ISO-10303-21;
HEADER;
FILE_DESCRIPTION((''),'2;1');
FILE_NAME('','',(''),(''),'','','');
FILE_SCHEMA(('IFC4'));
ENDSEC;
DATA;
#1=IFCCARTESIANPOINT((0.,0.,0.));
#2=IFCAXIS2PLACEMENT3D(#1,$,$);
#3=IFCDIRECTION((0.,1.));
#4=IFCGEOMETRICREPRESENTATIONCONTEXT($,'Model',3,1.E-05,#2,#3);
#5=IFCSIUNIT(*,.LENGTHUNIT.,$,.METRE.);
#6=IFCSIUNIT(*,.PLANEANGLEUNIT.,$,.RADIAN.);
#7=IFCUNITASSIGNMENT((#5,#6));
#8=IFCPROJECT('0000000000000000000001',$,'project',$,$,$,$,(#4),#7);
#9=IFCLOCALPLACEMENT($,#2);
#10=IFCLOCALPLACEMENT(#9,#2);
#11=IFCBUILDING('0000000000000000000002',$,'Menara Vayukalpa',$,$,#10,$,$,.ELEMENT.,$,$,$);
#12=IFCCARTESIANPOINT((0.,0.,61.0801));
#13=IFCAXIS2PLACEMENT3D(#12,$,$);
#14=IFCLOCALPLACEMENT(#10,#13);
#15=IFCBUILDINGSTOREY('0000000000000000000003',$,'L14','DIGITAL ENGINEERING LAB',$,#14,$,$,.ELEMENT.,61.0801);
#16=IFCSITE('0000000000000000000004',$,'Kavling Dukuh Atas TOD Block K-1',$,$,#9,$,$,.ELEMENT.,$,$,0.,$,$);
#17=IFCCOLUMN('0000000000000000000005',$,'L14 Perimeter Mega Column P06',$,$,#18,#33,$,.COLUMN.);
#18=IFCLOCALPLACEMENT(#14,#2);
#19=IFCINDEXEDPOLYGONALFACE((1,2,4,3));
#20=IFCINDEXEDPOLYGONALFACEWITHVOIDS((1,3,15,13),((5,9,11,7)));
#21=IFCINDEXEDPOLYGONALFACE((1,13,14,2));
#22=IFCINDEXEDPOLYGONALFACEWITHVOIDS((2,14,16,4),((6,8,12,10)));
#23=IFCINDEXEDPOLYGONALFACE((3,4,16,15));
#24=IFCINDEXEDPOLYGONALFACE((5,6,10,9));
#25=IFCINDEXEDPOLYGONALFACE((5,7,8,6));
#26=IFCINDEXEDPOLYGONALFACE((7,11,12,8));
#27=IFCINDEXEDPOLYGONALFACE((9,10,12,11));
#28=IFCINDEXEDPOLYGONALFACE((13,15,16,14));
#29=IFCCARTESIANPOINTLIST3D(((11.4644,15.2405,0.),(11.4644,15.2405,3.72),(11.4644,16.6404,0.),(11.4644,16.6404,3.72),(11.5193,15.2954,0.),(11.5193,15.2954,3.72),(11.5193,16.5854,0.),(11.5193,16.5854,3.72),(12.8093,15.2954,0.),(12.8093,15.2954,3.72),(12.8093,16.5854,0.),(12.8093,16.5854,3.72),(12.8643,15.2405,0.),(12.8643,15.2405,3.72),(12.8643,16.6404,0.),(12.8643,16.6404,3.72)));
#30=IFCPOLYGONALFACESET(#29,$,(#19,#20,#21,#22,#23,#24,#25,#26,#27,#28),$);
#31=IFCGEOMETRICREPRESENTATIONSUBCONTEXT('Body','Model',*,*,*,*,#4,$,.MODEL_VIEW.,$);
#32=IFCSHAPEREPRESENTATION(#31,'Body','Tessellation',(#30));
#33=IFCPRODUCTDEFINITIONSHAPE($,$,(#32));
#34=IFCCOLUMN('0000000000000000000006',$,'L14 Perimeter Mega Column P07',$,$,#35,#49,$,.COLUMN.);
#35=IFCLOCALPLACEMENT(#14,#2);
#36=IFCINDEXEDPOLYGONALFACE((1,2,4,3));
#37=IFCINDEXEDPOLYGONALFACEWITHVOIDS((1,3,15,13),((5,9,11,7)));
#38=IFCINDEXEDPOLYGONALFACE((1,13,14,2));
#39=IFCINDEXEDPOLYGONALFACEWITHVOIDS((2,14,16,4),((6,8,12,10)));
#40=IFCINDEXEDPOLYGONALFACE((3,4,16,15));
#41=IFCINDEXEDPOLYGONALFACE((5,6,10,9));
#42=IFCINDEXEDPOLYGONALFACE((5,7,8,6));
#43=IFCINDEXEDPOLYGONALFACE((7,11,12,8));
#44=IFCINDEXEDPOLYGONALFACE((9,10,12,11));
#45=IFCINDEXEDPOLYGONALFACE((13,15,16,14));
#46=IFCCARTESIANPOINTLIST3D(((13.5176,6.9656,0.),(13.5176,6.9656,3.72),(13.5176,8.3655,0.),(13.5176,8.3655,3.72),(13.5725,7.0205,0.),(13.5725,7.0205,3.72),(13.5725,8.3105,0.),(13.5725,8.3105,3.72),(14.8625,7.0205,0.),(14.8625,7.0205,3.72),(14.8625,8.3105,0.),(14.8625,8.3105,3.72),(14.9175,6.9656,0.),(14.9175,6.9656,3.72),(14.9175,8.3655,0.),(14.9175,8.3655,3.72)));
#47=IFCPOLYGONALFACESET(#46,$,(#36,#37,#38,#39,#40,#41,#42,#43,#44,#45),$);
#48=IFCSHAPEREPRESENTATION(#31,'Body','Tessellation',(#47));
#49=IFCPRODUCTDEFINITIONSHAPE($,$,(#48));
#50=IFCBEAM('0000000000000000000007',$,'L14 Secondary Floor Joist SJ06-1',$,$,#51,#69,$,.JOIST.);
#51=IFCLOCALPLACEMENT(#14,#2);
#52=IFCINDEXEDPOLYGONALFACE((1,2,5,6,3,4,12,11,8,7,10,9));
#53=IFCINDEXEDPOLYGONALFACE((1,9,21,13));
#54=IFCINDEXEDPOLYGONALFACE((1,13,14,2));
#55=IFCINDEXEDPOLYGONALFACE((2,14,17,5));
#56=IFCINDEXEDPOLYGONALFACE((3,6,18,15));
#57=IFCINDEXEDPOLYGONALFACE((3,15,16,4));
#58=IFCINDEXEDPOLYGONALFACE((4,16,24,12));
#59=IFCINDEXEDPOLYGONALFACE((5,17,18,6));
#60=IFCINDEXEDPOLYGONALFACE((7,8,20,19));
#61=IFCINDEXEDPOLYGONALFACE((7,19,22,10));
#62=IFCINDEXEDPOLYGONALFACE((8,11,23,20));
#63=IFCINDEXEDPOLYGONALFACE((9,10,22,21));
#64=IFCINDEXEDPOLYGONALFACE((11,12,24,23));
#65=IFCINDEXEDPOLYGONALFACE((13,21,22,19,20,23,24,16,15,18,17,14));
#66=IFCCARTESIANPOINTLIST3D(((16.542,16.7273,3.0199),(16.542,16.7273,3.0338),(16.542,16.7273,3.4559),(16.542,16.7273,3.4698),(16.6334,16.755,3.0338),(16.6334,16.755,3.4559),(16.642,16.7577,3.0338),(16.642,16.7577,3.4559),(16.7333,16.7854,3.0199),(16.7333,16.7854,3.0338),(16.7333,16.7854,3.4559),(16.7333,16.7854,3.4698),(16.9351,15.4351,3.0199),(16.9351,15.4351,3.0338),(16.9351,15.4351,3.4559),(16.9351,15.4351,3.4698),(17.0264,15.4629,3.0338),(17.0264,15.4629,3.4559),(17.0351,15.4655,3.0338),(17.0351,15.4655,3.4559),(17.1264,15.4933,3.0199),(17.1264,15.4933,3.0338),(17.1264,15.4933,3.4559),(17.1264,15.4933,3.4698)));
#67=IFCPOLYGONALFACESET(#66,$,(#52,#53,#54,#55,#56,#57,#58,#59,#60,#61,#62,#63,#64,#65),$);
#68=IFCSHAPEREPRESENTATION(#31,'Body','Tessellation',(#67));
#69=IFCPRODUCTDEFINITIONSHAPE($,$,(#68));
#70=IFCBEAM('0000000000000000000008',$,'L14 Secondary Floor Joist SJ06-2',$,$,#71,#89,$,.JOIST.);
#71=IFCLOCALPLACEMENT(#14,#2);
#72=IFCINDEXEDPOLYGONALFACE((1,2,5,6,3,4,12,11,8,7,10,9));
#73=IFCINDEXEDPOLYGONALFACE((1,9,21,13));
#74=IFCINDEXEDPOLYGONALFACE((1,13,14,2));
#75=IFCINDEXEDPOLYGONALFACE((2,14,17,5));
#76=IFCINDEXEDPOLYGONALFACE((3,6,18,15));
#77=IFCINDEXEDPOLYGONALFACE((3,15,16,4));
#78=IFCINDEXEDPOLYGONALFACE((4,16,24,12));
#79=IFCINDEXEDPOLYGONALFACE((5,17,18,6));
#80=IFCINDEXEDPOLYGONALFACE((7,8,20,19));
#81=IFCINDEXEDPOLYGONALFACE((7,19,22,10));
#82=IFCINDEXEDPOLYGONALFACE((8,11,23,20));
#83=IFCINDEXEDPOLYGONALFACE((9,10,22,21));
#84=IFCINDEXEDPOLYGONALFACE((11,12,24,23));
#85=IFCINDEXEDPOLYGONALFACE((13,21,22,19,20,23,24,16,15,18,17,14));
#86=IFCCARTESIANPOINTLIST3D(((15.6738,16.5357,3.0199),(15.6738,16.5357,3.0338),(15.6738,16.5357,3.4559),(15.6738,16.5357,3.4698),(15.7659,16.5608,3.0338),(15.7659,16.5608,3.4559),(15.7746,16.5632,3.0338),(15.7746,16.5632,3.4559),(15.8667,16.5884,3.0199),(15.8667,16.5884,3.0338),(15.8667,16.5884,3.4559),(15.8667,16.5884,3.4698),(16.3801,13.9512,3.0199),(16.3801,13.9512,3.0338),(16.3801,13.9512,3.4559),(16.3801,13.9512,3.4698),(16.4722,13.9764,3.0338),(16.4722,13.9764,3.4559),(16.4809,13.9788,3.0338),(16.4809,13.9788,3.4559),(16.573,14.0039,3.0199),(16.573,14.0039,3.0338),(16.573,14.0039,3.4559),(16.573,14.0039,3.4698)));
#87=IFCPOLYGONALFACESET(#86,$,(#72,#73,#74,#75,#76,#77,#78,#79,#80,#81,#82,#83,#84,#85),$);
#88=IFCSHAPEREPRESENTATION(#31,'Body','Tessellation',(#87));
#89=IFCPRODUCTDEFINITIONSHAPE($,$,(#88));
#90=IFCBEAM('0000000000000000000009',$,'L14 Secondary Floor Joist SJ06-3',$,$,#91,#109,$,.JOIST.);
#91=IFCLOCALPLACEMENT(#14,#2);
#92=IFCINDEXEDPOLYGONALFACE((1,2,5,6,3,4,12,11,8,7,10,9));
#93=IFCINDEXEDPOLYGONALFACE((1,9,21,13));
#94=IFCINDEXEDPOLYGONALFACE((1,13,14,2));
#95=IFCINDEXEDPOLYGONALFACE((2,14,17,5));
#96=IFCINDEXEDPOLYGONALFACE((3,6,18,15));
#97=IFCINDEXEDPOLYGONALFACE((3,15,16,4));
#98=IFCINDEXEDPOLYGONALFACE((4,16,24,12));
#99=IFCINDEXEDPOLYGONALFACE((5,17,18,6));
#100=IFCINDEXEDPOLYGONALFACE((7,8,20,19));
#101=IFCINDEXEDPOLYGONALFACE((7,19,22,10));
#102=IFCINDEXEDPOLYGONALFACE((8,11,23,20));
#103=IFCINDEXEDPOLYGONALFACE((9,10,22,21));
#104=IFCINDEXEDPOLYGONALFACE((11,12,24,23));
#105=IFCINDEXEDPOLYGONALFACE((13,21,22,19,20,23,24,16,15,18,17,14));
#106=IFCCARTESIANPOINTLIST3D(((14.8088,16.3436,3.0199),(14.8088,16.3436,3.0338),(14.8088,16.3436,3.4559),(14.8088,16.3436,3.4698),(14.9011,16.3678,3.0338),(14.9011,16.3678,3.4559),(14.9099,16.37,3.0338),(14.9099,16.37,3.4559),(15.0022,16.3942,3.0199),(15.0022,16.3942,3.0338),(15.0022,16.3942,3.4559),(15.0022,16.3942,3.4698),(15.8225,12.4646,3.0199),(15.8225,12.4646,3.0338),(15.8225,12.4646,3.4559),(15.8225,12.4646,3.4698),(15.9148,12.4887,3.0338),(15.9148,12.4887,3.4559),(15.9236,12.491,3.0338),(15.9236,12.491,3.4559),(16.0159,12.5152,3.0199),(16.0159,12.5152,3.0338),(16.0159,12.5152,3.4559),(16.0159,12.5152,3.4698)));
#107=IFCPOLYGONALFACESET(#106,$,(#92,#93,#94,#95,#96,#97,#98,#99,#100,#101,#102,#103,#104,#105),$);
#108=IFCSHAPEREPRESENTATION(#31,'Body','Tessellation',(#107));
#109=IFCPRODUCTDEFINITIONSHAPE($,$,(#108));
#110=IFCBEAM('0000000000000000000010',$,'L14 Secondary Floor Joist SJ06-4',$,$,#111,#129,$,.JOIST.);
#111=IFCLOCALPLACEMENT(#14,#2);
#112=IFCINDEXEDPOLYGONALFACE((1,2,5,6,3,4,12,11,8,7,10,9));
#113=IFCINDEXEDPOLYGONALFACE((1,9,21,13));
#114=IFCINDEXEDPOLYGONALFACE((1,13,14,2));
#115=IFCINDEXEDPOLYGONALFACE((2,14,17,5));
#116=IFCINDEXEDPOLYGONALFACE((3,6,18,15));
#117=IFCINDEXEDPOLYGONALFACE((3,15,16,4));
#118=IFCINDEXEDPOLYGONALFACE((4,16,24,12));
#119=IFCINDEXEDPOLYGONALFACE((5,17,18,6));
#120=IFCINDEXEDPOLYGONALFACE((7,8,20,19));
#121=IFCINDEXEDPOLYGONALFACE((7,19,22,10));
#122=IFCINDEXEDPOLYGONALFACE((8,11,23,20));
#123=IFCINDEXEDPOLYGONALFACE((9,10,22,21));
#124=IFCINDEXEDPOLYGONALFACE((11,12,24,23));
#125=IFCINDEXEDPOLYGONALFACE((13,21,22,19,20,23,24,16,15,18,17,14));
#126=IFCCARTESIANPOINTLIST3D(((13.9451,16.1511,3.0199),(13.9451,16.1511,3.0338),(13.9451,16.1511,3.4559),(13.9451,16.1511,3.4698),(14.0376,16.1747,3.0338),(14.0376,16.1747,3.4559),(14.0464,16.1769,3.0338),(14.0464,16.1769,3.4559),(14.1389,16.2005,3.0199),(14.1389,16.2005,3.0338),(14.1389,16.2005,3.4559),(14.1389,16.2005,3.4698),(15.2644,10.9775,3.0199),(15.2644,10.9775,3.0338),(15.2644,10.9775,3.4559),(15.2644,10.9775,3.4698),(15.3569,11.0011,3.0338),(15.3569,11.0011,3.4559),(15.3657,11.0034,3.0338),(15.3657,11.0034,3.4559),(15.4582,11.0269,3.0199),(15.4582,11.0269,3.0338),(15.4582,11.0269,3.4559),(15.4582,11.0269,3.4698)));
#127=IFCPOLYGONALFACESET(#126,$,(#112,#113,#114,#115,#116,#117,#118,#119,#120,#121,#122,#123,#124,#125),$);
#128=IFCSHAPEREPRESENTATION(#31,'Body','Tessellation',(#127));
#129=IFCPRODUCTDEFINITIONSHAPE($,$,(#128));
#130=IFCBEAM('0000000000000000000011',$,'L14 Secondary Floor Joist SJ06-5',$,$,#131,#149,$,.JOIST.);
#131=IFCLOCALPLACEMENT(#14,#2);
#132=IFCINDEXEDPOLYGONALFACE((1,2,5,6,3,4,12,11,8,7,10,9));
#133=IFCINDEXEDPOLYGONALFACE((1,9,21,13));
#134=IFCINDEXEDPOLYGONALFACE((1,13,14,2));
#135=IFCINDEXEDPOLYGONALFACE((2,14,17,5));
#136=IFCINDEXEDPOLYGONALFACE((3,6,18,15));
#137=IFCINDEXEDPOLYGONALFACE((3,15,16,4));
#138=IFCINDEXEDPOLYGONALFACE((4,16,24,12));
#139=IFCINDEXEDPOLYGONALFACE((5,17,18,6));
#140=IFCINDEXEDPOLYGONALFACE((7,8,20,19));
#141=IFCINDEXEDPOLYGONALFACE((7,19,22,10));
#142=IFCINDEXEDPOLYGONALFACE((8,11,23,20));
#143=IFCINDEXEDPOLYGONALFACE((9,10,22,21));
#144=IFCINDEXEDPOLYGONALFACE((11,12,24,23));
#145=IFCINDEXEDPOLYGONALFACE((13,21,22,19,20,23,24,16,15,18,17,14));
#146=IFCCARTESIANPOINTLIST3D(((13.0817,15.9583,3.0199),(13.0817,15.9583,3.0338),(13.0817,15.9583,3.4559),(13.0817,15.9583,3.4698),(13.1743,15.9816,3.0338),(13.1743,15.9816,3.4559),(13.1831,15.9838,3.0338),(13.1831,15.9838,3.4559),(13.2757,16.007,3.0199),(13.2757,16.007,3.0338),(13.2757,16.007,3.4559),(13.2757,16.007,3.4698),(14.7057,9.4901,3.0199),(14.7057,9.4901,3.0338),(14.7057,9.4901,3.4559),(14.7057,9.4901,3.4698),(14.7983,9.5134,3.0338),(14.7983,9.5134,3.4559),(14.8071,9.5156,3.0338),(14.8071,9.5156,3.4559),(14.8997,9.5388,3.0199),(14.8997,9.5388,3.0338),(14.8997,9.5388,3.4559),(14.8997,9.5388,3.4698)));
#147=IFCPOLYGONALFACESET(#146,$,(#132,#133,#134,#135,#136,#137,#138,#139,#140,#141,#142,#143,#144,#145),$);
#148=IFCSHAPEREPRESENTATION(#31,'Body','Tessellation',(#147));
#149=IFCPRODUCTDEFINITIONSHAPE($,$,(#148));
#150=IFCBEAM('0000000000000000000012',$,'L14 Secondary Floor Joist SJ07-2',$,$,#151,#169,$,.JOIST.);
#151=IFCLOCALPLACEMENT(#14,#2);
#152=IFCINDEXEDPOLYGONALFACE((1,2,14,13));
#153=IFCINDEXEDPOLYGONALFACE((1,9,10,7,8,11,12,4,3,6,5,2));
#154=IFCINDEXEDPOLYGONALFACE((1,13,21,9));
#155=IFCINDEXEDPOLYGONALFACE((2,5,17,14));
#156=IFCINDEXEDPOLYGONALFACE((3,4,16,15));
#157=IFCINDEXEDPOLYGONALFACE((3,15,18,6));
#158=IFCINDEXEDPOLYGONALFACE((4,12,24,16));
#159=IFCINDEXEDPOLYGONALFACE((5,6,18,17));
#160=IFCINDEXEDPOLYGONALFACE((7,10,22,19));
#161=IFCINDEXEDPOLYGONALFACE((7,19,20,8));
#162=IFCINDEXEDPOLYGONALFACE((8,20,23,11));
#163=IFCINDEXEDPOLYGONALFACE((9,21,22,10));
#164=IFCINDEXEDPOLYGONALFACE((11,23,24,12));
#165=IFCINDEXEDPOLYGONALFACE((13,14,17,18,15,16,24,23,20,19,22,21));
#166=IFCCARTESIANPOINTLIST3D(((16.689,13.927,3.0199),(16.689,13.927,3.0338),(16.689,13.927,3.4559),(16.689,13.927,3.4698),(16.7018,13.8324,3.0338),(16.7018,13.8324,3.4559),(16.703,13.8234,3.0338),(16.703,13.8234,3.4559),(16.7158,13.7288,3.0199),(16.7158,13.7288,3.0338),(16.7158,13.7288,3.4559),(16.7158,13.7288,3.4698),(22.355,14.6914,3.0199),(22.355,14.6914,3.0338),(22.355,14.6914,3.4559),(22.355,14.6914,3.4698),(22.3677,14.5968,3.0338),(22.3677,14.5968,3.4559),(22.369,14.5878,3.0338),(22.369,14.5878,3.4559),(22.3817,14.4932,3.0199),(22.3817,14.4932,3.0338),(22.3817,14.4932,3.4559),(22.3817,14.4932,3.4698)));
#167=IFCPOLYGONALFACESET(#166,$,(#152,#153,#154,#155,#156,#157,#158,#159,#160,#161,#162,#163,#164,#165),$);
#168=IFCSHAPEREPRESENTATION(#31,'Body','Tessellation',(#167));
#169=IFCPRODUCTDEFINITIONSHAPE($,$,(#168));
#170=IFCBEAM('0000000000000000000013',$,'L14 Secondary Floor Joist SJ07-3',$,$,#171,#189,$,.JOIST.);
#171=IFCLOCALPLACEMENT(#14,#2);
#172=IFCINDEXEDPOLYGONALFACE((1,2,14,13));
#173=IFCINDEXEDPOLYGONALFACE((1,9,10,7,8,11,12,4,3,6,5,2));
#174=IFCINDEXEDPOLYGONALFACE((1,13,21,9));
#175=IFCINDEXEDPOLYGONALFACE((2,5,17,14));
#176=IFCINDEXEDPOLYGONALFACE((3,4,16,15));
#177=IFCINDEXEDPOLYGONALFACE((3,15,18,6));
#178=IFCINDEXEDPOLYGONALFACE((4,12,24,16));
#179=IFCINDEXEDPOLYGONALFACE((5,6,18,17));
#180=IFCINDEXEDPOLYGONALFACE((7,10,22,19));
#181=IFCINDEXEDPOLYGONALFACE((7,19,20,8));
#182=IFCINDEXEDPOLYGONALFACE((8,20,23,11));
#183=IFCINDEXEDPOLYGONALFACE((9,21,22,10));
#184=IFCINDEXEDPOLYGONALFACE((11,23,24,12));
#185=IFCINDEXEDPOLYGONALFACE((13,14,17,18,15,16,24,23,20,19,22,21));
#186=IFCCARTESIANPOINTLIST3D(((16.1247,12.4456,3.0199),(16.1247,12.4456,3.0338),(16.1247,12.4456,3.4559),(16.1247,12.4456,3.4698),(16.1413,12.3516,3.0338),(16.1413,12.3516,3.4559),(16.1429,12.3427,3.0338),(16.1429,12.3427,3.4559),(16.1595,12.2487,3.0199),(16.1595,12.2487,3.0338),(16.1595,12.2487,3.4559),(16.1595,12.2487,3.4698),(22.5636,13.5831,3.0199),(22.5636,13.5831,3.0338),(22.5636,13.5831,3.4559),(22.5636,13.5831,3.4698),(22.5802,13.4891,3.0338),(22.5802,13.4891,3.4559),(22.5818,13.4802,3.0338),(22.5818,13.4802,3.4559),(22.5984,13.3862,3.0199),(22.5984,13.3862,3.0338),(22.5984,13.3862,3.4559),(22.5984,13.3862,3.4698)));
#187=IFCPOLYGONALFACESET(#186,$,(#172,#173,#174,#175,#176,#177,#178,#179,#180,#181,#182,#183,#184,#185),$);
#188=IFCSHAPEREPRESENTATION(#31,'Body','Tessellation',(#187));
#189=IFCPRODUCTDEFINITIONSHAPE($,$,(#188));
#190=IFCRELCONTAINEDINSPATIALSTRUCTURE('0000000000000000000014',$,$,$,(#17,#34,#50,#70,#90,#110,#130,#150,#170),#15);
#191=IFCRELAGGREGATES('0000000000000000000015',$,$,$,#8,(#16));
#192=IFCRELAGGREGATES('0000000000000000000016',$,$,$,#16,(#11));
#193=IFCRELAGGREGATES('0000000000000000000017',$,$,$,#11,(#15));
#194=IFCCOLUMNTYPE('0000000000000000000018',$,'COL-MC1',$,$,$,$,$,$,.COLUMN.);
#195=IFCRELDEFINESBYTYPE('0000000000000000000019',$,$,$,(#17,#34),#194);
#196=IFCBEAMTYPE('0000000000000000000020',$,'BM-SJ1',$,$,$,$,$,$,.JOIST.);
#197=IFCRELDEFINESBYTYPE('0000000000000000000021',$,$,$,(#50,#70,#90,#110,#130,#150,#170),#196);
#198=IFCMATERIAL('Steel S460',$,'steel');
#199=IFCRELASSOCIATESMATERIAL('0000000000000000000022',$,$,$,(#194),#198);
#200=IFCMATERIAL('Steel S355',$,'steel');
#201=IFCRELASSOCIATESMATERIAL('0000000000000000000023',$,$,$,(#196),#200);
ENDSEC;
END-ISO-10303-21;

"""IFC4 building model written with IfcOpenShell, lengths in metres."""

from ifc_helpers import new_model, si_unit, direction, frame, origin, origin_2d, place, context, subcontext, project, spatial, hollow_rectangle, i_section, extrude, material, material_profile, profile_set, type_object, element, save


model = new_model("IFC4")

# Units and contexts
model_context = context("Model", 3, precision=1e-05, world=origin(), true_north=direction((0.0, 1.0)))
body_context = subcontext(model_context, "Body", "Model", "MODEL_VIEW")
ifc_project = project(units=[si_unit("LENGTHUNIT", "METRE"), si_unit("PLANEANGLEUNIT", "RADIAN")], contexts=[model_context])

# Site, building, storey
site_placement = place(None, origin())
site = spatial("IfcSite", under=ifc_project, at=site_placement, Name="Kavling Dukuh Atas TOD Block K-1", CompositionType="ELEMENT", RefElevation=0.0)
building_placement = place(site_placement, origin())
building = spatial("IfcBuilding", under=site, at=building_placement, Name="Menara Vayukalpa", CompositionType="ELEMENT")
storey_placement = place(building_placement, frame((0.0, 0.0, 61.0801)))
storey = spatial("IfcBuildingStorey", under=building, at=storey_placement, Name="L14", Description="DIGITAL ENGINEERING LAB", CompositionType="ELEMENT", Elevation=61.0801)

# Columns
ifc_material_1 = material(Name="Steel S460", Category="steel")
ifc_material_profile_1 = material_profile(ifc_material_1, hollow_rectangle(XDim=1.3999, YDim=1.3999, WallThickness=0.0549, at=origin_2d()), Name="BOX 1400x1400x55")
ifc_profile_set_1 = profile_set([ifc_material_profile_1], Name="Steel S460")
column_type = type_object("IfcColumnType", Name="COL-MC1", PredefinedType="COLUMN", material=ifc_profile_set_1)
for number, where, z_axis, x_axis, name in (
    (1, (12.1643, 15.9404, 0.0), (0.0, 0.0, 1.0), (1.0, 0.0, 0.0), "L14 Perimeter Mega Column P06"),
    (2, (14.2175, 7.6655, 0.0), (0.0, 0.0, 1.0), (1.0, 0.0, 0.0), "L14 Perimeter Mega Column P07"),
):
    element("IfcColumn", number, at=place(storey_placement, frame(where, z_axis=z_axis, x_axis=x_axis)), inside=storey, type_object=column_type, Name=name, PredefinedType="COLUMN", context=body_context, shape_type="SweptSolid", body=[
        extrude(hollow_rectangle(XDim=1.3999, YDim=1.3999, WallThickness=0.0549, at=origin_2d()), origin(), (0.0, 0.0, 1.0), 3.72),
    ])

# Beams
ifc_material_2 = material(Name="Steel S355", Category="steel")
ifc_material_profile_2 = material_profile(ifc_material_2, i_section(OverallWidth=0.2, OverallDepth=0.45, WebThickness=0.009, FlangeThickness=0.0139, at=origin_2d()), Name="WF 450x200x9x14")
ifc_profile_set_2 = profile_set([ifc_material_profile_2], Name="Steel S355")
beam_type_1 = type_object("IfcBeamType", Name="BM-SJ1", PredefinedType="JOIST", material=ifc_profile_set_2)
beam_1_placement = place(storey_placement, frame((16.6377, 16.7563, 3.2449), z_axis=(0.291011, -0.95672, 0.0), x_axis=(0.95672, 0.291011, 0.0)))
element("IfcBeam", 3, at=beam_1_placement, inside=storey, type_object=beam_type_1, Name="L14 Secondary Floor Joist SJ06-1", PredefinedType="JOIST", context=body_context, shape_type="SweptSolid", body=[
    extrude(i_section(OverallWidth=0.2, OverallDepth=0.45, WebThickness=0.009, FlangeThickness=0.0139, at=origin_2d()), origin(), (0.0, 0.0, 1.0), 1.3506),
])
beam_2_placement = place(storey_placement, frame((15.7703, 16.562, 3.2449), z_axis=(0.263619, -0.964627, 0.0), x_axis=(0.964627, 0.263619, 0.0)))
element("IfcBeam", 4, at=beam_2_placement, inside=storey, type_object=beam_type_1, Name="L14 Secondary Floor Joist SJ06-2", PredefinedType="JOIST", context=body_context, shape_type="SweptSolid", body=[
    extrude(i_section(OverallWidth=0.2, OverallDepth=0.45, WebThickness=0.009, FlangeThickness=0.0139, at=origin_2d()), origin(), (0.0, 0.0, 1.0), 2.6792),
])
beam_3_placement = place(storey_placement, frame((14.9055, 16.3689, 3.2449), z_axis=(0.252838, -0.967509, 0.0), x_axis=(0.967509, 0.252838, 0.0)))
element("IfcBeam", 5, at=beam_3_placement, inside=storey, type_object=beam_type_1, Name="L14 Secondary Floor Joist SJ06-3", PredefinedType="JOIST", context=body_context, shape_type="SweptSolid", body=[
    extrude(i_section(OverallWidth=0.2, OverallDepth=0.45, WebThickness=0.009, FlangeThickness=0.0139, at=origin_2d()), origin(), (0.0, 0.0, 1.0), 4.0093),
])
beam_4_placement = place(storey_placement, frame((14.042, 16.1758, 3.2449), z_axis=(0.247106, -0.968989, 0.0), x_axis=(0.968989, 0.247106, 0.0)))
element("IfcBeam", 6, at=beam_4_placement, inside=storey, type_object=beam_type_1, Name="L14 Secondary Floor Joist SJ06-4", PredefinedType="JOIST", context=body_context, shape_type="SweptSolid", body=[
    extrude(i_section(OverallWidth=0.2, OverallDepth=0.45, WebThickness=0.009, FlangeThickness=0.0139, at=origin_2d()), origin(), (0.0, 0.0, 1.0), 5.3391),
])
beam_5_placement = place(storey_placement, frame((13.1787, 15.9827, 3.2449), z_axis=(0.243517, -0.969897, 0.0), x_axis=(0.969897, 0.243517, 0.0)))
element("IfcBeam", 7, at=beam_5_placement, inside=storey, type_object=beam_type_1, Name="L14 Secondary Floor Joist SJ06-5", PredefinedType="JOIST", context=body_context, shape_type="SweptSolid", body=[
    extrude(i_section(OverallWidth=0.2, OverallDepth=0.45, WebThickness=0.009, FlangeThickness=0.0139, at=origin_2d()), origin(), (0.0, 0.0, 1.0), 6.6689),
])
beam_6_placement = place(storey_placement, frame((16.7024, 13.8279, 3.2449), z_axis=(0.991022, 0.133699, 0.0), x_axis=(-0.133699, 0.991022, 0.0)))
element("IfcBeam", 8, at=beam_6_placement, inside=storey, type_object=beam_type_1, Name="L14 Secondary Floor Joist SJ07-2", PredefinedType="JOIST", context=body_context, shape_type="SweptSolid", body=[
    extrude(i_section(OverallWidth=0.2, OverallDepth=0.45, WebThickness=0.009, FlangeThickness=0.0139, at=origin_2d()), origin(), (0.0, 0.0, 1.0), 5.7173),
])
beam_7_placement = place(storey_placement, frame((16.1421, 12.3472, 3.2449), z_axis=(0.984753, 0.173958, 0.0), x_axis=(-0.173958, 0.984753, 0.0)))
element("IfcBeam", 9, at=beam_7_placement, inside=storey, type_object=beam_type_1, Name="L14 Secondary Floor Joist SJ07-3", PredefinedType="JOIST", context=body_context, shape_type="SweptSolid", body=[
    extrude(i_section(OverallWidth=0.2, OverallDepth=0.45, WebThickness=0.009, FlangeThickness=0.0139, at=origin_2d()), origin(), (0.0, 0.0, 1.0), 6.5386),
])

save(model, "model.ifc")
